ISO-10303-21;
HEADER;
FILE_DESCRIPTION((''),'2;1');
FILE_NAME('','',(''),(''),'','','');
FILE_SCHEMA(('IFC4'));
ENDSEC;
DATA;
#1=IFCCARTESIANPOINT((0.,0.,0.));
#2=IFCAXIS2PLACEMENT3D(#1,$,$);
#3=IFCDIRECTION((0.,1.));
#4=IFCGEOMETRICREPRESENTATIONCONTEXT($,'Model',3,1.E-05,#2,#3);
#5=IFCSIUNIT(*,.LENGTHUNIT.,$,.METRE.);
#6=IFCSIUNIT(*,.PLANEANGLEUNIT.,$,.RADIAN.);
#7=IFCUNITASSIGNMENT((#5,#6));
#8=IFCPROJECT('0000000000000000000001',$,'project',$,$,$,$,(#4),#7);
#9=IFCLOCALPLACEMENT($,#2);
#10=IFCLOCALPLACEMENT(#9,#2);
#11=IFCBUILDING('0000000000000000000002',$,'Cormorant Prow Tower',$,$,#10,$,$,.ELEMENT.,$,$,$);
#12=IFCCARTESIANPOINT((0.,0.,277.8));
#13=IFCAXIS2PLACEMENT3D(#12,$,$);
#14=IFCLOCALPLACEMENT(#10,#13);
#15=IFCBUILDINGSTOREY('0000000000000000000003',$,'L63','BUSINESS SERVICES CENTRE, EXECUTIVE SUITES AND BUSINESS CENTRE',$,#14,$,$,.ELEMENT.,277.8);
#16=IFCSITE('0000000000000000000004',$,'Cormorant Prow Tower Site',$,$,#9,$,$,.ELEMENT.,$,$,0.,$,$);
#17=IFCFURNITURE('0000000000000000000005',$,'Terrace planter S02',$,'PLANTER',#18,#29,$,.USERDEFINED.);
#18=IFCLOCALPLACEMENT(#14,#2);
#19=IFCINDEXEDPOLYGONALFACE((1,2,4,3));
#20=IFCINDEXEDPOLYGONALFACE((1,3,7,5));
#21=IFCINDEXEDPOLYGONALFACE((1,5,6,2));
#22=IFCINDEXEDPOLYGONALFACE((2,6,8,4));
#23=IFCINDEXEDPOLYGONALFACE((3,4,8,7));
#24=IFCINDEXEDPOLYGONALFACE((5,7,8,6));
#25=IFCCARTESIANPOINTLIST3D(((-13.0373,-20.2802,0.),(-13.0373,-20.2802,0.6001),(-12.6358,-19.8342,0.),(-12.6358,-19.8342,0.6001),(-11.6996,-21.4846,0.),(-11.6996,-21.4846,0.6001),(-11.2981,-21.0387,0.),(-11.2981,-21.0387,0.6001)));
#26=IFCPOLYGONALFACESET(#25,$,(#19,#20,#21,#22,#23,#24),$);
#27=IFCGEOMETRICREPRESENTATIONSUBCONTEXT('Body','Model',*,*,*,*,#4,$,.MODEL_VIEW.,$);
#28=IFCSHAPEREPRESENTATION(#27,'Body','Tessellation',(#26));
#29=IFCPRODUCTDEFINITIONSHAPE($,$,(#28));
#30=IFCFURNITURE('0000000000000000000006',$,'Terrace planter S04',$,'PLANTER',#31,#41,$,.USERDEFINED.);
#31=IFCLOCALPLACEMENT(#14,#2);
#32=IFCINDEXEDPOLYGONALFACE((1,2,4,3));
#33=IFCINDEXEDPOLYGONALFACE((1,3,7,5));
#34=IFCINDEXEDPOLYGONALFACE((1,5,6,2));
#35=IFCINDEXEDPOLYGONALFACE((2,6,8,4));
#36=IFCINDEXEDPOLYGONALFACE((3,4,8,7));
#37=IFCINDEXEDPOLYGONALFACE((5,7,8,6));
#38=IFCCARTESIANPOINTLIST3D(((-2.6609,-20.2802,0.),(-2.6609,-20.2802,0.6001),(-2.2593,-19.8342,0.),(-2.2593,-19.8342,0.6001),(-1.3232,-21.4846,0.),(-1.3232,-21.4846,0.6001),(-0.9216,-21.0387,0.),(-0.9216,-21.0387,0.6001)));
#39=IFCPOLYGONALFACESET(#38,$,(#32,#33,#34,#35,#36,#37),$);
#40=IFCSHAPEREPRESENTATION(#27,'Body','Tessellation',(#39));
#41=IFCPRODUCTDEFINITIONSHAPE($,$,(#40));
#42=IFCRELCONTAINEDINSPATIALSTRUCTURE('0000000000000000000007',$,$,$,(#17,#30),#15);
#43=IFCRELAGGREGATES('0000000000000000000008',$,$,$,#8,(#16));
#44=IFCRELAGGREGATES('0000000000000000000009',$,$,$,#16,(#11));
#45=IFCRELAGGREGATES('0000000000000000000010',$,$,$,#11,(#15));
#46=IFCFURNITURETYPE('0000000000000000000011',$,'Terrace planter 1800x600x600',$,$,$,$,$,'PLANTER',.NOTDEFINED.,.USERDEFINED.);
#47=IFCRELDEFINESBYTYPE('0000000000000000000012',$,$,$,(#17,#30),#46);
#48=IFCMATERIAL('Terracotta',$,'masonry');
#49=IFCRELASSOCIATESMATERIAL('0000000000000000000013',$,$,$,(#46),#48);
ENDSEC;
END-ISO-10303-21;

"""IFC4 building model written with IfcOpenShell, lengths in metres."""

from ifc_helpers import new_model, si_unit, direction, frame, origin, origin_2d, place, context, subcontext, project, spatial, rectangle, extrude, material, type_object, element, save


model = new_model("IFC4")

# Units and contexts
model_context = context("Model", 3, precision=1e-05, world=origin(), true_north=direction((0.0, 1.0)))
body_context = subcontext(model_context, "Body", "Model", "MODEL_VIEW")
ifc_project = project(units=[si_unit("LENGTHUNIT", "METRE"), si_unit("PLANEANGLEUNIT", "RADIAN")], contexts=[model_context])

# Site, building, storey
site_placement = place(None, origin())
site = spatial("IfcSite", under=ifc_project, at=site_placement, Name="Cormorant Prow Tower Site", CompositionType="ELEMENT", RefElevation=0.0)
building_placement = place(site_placement, origin())
building = spatial("IfcBuilding", under=site, at=building_placement, Name="Cormorant Prow Tower", CompositionType="ELEMENT")
storey_placement = place(building_placement, frame((0.0, 0.0, 277.8)))
storey = spatial("IfcBuildingStorey", under=building, at=storey_placement, Name="L63", Description="BUSINESS SERVICES CENTRE, EXECUTIVE SUITES AND BUSINESS CENTRE", CompositionType="ELEMENT", Elevation=277.8)

# Furniture
ifc_material_1 = material(Name="Terracotta", Category="masonry")
furniture_type = type_object("IfcFurnitureType", Name="Terrace planter 1800x600x600", ElementType="PLANTER", AssemblyPlace="NOTDEFINED", PredefinedType="USERDEFINED", material=ifc_material_1)
for number, where, z_axis, x_axis, name in (
    (1, (-12.1677, -20.6594, 0.0), (0.0, 0.0, 1.0), (0.743145, -0.669131, 0.0), "Terrace planter S02"),
    (2, (-1.7913, -20.6594, 0.0), (0.0, 0.0, 1.0), (0.743145, -0.669131, 0.0), "Terrace planter S04"),
):
    element("IfcFurniture", number, at=place(storey_placement, frame(where, z_axis=z_axis, x_axis=x_axis)), inside=storey, type_object=furniture_type, Name=name, ObjectType="PLANTER", PredefinedType="USERDEFINED", context=body_context, shape_type="SweptSolid", body=[
        extrude(rectangle(XDim=1.8, YDim=0.6001, at=origin_2d()), origin(), (0.0, 0.0, 1.0), 0.6001),
    ])

save(model, "model.ifc")
